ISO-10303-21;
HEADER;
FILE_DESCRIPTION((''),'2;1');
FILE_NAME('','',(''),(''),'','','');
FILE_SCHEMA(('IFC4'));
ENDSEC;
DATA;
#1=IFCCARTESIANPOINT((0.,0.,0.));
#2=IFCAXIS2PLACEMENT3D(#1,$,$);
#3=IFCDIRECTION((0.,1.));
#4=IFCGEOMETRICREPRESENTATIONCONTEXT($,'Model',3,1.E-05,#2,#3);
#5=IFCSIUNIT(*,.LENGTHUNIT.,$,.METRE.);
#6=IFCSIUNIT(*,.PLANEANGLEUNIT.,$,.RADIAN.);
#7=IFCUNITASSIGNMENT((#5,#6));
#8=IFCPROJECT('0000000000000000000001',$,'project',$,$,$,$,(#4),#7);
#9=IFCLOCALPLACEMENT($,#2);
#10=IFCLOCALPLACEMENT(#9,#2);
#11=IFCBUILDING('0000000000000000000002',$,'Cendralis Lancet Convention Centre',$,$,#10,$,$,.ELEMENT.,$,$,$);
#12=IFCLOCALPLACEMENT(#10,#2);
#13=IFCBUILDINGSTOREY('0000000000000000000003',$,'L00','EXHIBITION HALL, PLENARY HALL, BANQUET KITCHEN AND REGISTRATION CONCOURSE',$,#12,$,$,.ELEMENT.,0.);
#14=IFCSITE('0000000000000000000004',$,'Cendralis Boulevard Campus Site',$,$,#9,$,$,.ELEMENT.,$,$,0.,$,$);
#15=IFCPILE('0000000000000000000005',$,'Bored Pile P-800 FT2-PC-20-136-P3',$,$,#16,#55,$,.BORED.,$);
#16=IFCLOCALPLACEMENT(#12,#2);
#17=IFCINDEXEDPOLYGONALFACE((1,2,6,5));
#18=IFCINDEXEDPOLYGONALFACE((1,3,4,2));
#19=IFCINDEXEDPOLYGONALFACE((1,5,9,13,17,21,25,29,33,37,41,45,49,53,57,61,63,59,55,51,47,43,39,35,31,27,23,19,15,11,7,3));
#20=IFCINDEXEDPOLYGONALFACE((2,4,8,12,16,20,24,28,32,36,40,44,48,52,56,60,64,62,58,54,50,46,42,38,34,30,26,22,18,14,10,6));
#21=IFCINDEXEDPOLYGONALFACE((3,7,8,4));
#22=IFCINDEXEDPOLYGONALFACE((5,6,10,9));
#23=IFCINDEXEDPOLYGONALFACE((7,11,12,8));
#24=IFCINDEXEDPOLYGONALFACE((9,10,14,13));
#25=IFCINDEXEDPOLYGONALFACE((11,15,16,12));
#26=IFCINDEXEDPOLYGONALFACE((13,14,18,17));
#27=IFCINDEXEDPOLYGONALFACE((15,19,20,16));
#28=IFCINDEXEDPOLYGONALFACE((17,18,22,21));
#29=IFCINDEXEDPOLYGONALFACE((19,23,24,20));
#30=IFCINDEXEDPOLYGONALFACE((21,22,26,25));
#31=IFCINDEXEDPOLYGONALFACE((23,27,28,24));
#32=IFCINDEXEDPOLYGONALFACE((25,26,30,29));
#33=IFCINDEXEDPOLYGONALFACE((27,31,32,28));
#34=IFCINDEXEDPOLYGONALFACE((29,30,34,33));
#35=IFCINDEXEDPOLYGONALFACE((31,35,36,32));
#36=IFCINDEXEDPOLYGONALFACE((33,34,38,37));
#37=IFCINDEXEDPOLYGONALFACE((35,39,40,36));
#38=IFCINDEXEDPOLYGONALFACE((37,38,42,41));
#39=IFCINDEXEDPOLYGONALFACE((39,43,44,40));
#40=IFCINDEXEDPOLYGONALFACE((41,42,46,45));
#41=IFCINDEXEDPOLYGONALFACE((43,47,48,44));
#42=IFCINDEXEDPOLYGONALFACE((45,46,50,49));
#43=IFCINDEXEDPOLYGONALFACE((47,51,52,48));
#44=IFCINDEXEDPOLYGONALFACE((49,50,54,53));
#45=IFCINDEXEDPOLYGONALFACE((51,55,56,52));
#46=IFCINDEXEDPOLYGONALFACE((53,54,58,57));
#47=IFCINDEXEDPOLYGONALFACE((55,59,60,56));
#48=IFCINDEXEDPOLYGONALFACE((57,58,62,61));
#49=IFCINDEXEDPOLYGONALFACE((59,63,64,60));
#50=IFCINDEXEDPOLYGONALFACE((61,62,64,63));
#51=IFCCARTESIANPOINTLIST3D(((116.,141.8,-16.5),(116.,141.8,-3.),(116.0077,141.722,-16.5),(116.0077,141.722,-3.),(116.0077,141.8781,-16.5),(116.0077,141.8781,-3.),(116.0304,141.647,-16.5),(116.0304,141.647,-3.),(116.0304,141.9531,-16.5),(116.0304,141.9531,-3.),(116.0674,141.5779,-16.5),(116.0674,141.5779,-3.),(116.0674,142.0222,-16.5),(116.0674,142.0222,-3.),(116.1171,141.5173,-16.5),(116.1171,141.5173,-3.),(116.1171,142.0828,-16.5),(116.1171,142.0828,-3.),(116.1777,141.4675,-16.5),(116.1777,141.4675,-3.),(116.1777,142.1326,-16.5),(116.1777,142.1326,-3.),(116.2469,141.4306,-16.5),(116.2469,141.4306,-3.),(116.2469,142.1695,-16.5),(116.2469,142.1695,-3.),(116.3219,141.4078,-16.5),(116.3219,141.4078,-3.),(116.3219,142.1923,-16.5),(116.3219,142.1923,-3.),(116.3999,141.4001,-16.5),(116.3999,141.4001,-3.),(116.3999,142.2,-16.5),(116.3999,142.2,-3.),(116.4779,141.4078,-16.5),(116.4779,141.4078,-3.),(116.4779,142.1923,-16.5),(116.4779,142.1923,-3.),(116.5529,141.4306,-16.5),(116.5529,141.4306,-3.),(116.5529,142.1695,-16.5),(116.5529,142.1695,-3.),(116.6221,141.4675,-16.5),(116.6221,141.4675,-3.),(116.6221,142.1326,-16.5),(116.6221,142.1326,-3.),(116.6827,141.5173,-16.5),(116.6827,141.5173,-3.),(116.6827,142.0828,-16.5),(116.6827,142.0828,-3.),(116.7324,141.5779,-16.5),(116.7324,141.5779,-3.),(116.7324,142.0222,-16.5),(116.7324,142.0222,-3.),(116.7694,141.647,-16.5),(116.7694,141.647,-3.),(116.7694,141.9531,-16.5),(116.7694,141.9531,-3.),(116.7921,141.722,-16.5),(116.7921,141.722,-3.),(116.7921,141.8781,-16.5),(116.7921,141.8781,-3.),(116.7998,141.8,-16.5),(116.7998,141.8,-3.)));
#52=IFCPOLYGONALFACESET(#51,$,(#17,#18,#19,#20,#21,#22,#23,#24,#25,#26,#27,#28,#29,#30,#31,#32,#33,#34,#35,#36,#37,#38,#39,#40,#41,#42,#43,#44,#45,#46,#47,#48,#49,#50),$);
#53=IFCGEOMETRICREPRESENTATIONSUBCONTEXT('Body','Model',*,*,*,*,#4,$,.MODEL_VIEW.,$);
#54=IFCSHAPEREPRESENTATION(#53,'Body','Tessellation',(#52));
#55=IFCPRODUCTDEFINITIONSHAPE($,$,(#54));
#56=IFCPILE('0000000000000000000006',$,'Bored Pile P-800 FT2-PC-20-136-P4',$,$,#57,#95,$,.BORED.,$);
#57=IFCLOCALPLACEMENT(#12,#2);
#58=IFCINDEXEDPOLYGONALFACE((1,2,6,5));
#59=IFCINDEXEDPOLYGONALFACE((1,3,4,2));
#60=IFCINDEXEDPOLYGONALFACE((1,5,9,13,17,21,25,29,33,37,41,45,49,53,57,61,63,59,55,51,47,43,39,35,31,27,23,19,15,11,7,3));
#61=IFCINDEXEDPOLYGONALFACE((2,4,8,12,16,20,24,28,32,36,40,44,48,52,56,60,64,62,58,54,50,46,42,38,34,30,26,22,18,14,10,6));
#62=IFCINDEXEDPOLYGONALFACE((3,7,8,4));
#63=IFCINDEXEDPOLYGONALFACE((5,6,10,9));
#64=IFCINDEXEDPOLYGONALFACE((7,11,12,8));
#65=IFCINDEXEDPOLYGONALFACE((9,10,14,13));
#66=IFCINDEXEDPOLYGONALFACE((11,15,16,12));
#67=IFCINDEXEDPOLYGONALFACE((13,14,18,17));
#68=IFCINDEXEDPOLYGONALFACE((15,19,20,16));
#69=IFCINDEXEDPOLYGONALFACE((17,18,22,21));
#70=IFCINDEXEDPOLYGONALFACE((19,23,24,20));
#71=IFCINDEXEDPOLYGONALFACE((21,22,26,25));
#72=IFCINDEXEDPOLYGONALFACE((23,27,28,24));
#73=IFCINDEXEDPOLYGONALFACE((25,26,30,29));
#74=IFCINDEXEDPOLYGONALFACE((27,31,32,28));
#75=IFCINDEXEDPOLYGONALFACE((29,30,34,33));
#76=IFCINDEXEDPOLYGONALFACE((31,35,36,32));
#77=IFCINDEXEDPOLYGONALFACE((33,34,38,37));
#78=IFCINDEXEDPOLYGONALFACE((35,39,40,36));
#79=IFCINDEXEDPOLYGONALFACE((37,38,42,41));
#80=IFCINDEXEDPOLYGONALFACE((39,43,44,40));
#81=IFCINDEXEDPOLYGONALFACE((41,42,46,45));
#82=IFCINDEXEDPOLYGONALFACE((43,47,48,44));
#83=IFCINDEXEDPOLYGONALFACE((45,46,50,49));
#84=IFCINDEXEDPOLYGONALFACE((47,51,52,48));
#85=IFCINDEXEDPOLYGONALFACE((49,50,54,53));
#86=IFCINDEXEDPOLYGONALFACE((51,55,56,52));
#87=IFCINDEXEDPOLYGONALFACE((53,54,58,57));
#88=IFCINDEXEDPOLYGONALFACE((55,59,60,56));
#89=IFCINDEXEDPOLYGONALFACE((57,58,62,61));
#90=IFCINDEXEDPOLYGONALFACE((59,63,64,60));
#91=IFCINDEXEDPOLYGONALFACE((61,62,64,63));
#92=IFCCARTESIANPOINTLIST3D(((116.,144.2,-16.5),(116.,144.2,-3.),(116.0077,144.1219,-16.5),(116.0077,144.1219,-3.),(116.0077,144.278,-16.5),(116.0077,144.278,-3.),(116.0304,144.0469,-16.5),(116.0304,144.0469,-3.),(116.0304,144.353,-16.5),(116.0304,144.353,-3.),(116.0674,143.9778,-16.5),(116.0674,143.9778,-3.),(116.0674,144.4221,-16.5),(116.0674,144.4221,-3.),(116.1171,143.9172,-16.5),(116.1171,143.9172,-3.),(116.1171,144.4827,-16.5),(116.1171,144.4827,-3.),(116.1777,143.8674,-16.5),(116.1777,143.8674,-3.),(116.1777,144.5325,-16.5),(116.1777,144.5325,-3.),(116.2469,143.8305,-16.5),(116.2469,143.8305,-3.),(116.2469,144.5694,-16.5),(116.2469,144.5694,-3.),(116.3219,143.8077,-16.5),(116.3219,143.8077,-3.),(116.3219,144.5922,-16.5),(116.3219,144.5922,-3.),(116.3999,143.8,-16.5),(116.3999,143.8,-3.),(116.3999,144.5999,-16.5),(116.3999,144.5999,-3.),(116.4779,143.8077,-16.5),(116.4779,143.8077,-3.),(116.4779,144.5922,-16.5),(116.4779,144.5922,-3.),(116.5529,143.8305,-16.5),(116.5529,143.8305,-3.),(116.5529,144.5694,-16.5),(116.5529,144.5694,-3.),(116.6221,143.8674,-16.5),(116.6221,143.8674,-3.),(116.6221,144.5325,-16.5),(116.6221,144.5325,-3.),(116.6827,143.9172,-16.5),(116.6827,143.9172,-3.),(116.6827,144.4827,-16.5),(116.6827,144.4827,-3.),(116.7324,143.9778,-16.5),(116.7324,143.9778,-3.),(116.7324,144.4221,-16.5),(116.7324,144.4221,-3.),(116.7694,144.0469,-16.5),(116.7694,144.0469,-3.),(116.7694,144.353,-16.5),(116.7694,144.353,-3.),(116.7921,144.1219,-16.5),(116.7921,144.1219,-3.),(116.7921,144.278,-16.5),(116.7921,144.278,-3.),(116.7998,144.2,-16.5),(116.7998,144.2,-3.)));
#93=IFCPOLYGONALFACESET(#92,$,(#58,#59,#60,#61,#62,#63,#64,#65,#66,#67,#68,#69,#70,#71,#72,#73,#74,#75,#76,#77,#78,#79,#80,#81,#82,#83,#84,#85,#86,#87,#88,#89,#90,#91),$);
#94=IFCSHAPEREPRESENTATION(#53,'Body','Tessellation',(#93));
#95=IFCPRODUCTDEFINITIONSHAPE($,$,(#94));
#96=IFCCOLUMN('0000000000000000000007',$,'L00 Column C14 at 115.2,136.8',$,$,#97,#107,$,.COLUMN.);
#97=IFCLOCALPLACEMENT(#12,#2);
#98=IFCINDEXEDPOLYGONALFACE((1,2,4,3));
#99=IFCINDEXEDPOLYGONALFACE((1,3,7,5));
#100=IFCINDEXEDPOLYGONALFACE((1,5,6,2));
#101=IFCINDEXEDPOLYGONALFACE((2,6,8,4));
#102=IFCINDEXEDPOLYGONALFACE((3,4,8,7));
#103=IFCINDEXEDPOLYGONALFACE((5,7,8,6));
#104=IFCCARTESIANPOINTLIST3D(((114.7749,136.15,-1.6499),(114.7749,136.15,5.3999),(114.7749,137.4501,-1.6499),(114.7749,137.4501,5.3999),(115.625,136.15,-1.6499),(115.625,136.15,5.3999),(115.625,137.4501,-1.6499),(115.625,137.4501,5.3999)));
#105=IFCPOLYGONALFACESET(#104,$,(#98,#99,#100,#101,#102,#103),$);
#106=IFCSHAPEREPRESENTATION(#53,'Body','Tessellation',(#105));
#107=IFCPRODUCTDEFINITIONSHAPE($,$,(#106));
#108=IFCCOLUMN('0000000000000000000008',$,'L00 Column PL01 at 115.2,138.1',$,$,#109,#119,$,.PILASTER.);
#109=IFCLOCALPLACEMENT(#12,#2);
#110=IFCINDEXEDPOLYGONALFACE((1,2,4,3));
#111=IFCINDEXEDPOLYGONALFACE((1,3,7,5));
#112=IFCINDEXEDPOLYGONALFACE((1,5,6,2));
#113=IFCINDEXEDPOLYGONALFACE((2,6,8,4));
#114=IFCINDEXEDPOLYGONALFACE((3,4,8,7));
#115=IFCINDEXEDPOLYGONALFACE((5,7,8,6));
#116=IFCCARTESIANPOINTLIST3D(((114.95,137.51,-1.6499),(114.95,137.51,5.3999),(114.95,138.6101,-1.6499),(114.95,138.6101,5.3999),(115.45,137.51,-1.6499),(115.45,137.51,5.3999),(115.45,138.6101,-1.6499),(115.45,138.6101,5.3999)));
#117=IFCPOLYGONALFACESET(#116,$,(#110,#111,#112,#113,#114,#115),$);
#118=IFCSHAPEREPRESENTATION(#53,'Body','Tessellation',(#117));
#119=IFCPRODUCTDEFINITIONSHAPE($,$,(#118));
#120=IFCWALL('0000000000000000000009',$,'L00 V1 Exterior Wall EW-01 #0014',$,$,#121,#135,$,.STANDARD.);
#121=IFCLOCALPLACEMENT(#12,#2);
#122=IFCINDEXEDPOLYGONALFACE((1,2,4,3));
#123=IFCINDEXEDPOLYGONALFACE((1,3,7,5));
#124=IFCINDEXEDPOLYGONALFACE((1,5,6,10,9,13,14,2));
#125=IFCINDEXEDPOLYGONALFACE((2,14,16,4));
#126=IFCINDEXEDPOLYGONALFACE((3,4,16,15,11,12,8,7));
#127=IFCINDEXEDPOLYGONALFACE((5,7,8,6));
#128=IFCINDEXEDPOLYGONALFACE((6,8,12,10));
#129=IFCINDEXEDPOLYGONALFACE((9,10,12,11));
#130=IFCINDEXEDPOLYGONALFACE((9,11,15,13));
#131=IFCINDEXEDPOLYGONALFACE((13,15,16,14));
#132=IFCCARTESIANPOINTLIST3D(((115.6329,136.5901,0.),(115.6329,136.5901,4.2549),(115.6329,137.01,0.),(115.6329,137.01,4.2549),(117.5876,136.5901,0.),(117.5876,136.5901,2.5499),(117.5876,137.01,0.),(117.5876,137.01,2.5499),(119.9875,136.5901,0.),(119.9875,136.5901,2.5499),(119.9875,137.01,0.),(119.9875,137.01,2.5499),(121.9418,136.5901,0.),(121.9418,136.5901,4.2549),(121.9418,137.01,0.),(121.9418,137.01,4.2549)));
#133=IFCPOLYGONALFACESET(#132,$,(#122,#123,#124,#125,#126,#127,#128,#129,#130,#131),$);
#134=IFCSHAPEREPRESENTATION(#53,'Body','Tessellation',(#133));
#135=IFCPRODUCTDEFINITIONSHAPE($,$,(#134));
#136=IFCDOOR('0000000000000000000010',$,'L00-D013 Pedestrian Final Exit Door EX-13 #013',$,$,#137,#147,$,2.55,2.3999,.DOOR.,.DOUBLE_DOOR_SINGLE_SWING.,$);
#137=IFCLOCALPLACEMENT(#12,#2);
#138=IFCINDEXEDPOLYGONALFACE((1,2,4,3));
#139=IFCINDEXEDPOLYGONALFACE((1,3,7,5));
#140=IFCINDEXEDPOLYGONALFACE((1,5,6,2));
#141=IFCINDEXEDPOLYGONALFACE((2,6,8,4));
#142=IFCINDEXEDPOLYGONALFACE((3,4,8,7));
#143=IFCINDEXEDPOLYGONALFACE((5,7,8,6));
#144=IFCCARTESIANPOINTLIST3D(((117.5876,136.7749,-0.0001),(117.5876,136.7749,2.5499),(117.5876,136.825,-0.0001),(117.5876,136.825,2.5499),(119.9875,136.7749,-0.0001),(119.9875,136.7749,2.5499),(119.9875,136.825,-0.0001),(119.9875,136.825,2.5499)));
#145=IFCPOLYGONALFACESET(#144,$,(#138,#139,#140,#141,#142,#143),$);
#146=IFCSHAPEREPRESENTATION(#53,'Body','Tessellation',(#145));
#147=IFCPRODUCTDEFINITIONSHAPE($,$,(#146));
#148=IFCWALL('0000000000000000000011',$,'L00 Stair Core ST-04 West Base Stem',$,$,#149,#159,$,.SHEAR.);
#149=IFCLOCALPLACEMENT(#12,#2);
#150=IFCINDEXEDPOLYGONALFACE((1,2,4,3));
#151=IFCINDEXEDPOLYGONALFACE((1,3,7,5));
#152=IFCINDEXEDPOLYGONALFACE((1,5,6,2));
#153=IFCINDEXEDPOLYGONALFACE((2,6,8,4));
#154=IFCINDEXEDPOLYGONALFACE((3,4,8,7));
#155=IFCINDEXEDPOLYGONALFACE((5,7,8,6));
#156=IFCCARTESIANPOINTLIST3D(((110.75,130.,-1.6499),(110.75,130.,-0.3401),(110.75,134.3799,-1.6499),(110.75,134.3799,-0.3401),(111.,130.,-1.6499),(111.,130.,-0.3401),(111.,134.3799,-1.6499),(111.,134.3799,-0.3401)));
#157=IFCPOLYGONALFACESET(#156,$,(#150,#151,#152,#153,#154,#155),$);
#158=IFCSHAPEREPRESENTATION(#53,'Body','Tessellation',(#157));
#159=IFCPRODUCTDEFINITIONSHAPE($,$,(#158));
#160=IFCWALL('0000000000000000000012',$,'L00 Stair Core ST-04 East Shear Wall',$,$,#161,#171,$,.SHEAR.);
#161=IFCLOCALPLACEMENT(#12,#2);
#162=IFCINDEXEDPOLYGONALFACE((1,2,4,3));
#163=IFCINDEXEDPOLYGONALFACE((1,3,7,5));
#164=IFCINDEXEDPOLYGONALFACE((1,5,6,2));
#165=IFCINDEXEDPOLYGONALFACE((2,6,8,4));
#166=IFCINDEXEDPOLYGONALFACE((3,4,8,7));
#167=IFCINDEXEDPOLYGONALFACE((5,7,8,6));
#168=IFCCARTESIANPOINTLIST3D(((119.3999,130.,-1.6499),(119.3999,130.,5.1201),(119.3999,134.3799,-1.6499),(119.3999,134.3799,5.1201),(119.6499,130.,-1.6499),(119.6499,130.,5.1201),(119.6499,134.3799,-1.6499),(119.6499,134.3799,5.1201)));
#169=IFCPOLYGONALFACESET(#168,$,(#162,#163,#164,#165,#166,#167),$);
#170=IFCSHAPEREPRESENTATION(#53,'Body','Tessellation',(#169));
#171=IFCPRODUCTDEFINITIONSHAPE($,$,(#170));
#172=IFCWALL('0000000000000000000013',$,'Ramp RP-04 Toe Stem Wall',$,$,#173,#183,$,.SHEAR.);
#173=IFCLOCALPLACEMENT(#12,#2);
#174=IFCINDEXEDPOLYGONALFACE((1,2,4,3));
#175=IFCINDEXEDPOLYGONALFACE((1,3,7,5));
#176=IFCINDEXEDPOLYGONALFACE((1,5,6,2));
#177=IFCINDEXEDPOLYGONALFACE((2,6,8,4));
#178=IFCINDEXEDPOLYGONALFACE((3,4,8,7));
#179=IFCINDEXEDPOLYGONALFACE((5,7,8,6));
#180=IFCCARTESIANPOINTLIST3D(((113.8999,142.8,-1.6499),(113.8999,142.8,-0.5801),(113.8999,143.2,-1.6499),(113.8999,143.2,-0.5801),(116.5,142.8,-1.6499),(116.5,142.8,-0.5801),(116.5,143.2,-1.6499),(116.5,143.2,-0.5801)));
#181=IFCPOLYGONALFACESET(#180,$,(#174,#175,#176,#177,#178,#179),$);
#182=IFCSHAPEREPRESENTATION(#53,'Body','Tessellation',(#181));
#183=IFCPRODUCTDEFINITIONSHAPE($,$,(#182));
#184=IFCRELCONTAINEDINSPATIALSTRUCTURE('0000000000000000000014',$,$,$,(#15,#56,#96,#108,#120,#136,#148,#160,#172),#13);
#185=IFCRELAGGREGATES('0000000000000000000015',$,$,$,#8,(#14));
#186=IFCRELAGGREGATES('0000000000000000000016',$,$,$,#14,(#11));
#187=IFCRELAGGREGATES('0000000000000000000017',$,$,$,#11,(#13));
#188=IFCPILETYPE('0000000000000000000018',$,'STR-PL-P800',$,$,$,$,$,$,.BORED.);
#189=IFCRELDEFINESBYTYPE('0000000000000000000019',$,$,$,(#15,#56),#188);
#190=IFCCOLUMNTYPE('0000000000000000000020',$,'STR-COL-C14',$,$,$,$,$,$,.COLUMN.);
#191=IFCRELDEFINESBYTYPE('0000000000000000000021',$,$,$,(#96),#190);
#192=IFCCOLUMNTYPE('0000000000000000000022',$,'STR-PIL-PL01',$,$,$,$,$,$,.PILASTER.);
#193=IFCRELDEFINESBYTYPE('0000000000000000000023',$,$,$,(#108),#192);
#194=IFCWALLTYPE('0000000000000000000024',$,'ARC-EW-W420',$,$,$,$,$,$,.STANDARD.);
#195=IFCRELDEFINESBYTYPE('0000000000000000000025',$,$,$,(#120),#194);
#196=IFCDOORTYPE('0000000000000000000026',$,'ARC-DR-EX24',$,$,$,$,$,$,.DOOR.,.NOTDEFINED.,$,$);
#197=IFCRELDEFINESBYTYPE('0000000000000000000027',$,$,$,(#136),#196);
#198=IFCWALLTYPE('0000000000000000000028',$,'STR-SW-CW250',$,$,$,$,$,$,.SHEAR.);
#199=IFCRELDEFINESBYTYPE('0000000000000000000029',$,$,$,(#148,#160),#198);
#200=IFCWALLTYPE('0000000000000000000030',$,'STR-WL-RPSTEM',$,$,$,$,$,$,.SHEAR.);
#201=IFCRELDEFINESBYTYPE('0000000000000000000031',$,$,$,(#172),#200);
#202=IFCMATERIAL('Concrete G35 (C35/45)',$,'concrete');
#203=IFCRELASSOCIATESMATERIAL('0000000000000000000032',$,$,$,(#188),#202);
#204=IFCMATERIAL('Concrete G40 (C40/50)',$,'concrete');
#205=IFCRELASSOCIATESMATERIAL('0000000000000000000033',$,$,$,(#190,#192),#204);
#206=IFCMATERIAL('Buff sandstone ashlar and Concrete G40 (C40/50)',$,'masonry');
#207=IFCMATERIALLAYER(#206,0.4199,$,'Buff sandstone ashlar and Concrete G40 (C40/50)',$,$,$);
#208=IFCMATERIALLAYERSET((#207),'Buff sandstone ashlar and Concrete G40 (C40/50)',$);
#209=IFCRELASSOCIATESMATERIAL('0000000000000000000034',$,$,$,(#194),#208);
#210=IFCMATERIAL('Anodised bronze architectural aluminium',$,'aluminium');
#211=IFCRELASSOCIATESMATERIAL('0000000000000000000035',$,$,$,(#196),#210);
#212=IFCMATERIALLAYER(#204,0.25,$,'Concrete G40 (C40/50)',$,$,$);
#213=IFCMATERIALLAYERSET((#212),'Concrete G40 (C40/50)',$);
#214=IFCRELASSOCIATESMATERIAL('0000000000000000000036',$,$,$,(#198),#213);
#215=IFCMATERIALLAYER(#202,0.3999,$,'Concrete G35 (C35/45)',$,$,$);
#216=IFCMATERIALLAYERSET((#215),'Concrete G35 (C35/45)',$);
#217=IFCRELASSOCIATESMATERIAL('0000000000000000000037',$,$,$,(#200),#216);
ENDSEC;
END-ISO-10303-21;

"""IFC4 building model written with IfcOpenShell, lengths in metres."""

from ifc_helpers import new_model, si_unit, direction, frame, frame_2d, origin, origin_2d, place, context, subcontext, project, spatial, rectangle, circle, extrude, material, layer, layer_set, material_profile, profile_set, type_object, element, fill, save


model = new_model("IFC4")

# Units and contexts
model_context = context("Model", 3, precision=1e-05, world=origin(), true_north=direction((0.0, 1.0)))
body_context = subcontext(model_context, "Body", "Model", "MODEL_VIEW")
ifc_project = project(units=[si_unit("LENGTHUNIT", "METRE"), si_unit("PLANEANGLEUNIT", "RADIAN")], contexts=[model_context])

# Site, building, storey
site_placement = place(None, origin())
site = spatial("IfcSite", under=ifc_project, at=site_placement, Name="Cendralis Boulevard Campus Site", CompositionType="ELEMENT", RefElevation=0.0)
building_placement = place(site_placement, origin())
building = spatial("IfcBuilding", under=site, at=building_placement, Name="Cendralis Lancet Convention Centre", CompositionType="ELEMENT")
storey_placement = place(building_placement, origin())
storey = spatial("IfcBuildingStorey", under=building, at=storey_placement, Name="L00", Description="EXHIBITION HALL, PLENARY HALL, BANQUET KITCHEN AND REGISTRATION CONCOURSE", CompositionType="ELEMENT", Elevation=0.0)

# Shared definitions
ifc_material_1 = material(Name="Concrete G35 (C35/45)", Category="concrete")

# Piles
ifc_material_profile_1 = material_profile(ifc_material_1, circle(Radius=0.3999, at=origin_2d()), Name="BORED PILE D800")
ifc_profile_set_1 = profile_set([ifc_material_profile_1], Name="Concrete G35 (C35/45)")
pile_type_1 = type_object("IfcPileType", Name="STR-PL-P800", PredefinedType="BORED", material=ifc_profile_set_1)
for number, where, z_axis, x_axis, name in (
    (1, (116.3999, 141.8, -3.0), (0.0, 0.0, -1.0), (1.0, 0.0, 0.0), "Bored Pile P-800 FT2-PC-20-136-P3"),
    (2, (116.3999, 144.2, -3.0), (0.0, 0.0, -1.0), (1.0, 0.0, 0.0), "Bored Pile P-800 FT2-PC-20-136-P4"),
):
    element("IfcPile", number, at=place(storey_placement, frame(where, z_axis=z_axis, x_axis=x_axis)), inside=storey, type_object=pile_type_1, Name=name, PredefinedType="BORED", context=body_context, shape_type="SweptSolid", body=[
        extrude(circle(Radius=0.3999, at=origin_2d()), origin(), (0.0, 0.0, 1.0), 13.5),
    ])

# Columns
ifc_material_2 = material(Name="Concrete G40 (C40/50)", Category="concrete")
ifc_material_profile_2 = material_profile(ifc_material_2, rectangle(XDim=0.8501, YDim=1.3, at=origin_2d()), Name="RC 850x1300")
ifc_profile_set_2 = profile_set([ifc_material_profile_2], Name="Concrete G40 (C40/50)")
column_type_1 = type_object("IfcColumnType", Name="STR-COL-C14", PredefinedType="COLUMN", material=ifc_profile_set_2)
column_1_placement = place(storey_placement, frame((115.2, 136.8, -1.6499), z_axis=(0.0, 0.0, 1.0), x_axis=(1.0, 0.0, 0.0)))
element("IfcColumn", 3, at=column_1_placement, inside=storey, type_object=column_type_1, Name="L00 Column C14 at 115.2,136.8", PredefinedType="COLUMN", context=body_context, shape_type="SweptSolid", body=[
    extrude(rectangle(XDim=0.8501, YDim=1.3, at=origin_2d()), origin(), (0.0, 0.0, 1.0), 7.0498),
])
ifc_material_profile_3 = material_profile(ifc_material_2, rectangle(XDim=0.5, YDim=1.1001, at=origin_2d()), Name="RC 500x1100")
ifc_profile_set_3 = profile_set([ifc_material_profile_3], Name="Concrete G40 (C40/50)")
column_type_2 = type_object("IfcColumnType", Name="STR-PIL-PL01", PredefinedType="PILASTER", material=ifc_profile_set_3)
column_2_placement = place(storey_placement, frame((115.2, 138.0601, -1.6499), z_axis=(0.0, 0.0, 1.0), x_axis=(1.0, 0.0, 0.0)))
element("IfcColumn", 4, at=column_2_placement, inside=storey, type_object=column_type_2, Name="L00 Column PL01 at 115.2,138.1", PredefinedType="PILASTER", context=body_context, shape_type="SweptSolid", body=[
    extrude(rectangle(XDim=0.5, YDim=1.1001, at=origin_2d()), origin(), (0.0, 0.0, 1.0), 7.0498),
])

# Wall, opening, door
ifc_material_3 = material(Name="Buff sandstone ashlar and Concrete G40 (C40/50)", Category="masonry")
ifc_layer_1 = layer(ifc_material_3, 0.4199, Name="Buff sandstone ashlar and Concrete G40 (C40/50)")
ifc_layer_set_1 = layer_set([ifc_layer_1], Name="Buff sandstone ashlar and Concrete G40 (C40/50)")
wall_type_1 = type_object("IfcWallType", Name="ARC-EW-W420", PredefinedType="STANDARD", material=ifc_layer_set_1)
wall_1_placement = place(storey_placement, frame((115.6331, 136.8, 0.0), z_axis=(0.0, 0.0, 1.0), x_axis=(1.0, 0.0, 0.0)))
wall_1 = element("IfcWall", 5, at=wall_1_placement, inside=storey, type_object=wall_type_1, Name="L00 V1 Exterior Wall EW-01 #0014", PredefinedType="STANDARD", context=body_context, shape_type="SweptSolid", body=[
    extrude(rectangle(XDim=6.3088, YDim=0.4199, at=frame_2d((3.1543, 0.0))), origin(), (0.0, 0.0, 1.0), 4.2549),
])
opening_1_placement = place(wall_1_placement, frame((1.9546, 0.0, 0.0)))
opening_1 = element("IfcOpeningElement", 6, at=opening_1_placement, cuts=wall_1, PredefinedType="OPENING", context=body_context, shape_type="SweptSolid", body=[
    extrude(rectangle(XDim=2.3999, YDim=2.55, at=frame_2d((1.2, 1.2749))), frame((0.0, 0.22, 0.0), z_axis=(0.0, -1.0, 0.0), x_axis=(1.0, 0.0, 0.0)), (0.0, 0.0, 1.0), 0.4399),
])
ifc_material_4 = material(Name="Anodised bronze architectural aluminium", Category="aluminium")
door_type_1 = type_object("IfcDoorType", Name="ARC-DR-EX24", OperationType="NOTDEFINED", PredefinedType="DOOR", material=ifc_material_4)
door_1_placement = place(opening_1_placement, origin())
door_1 = element("IfcDoor", 7, at=door_1_placement, inside=storey, type_object=door_type_1, Name="L00-D013 Pedestrian Final Exit Door EX-13 #013", OperationType="DOUBLE_DOOR_SINGLE_SWING", OverallHeight=2.55, OverallWidth=2.3999, PredefinedType="DOOR", context=body_context, shape_type="SweptSolid", body=[
    extrude(rectangle(XDim=2.3999, YDim=2.55, at=frame_2d((1.2, 1.2749))), frame((0.0, 0.0249, 0.0), z_axis=(0.0, -1.0, 0.0), x_axis=(1.0, 0.0, 0.0)), (0.0, 0.0, 1.0), 0.05),
])
fill(opening_1, door_1)

# Wall
ifc_layer_2 = layer(ifc_material_2, 0.25, Name="Concrete G40 (C40/50)")
ifc_layer_set_2 = layer_set([ifc_layer_2], Name="Concrete G40 (C40/50)")
wall_type_2 = type_object("IfcWallType", Name="STR-SW-CW250", PredefinedType="SHEAR", material=ifc_layer_set_2)
wall_2_placement = place(storey_placement, frame((110.875, 130.0, -1.6499), z_axis=(0.0, 0.0, 1.0), x_axis=(0.0, 1.0, 0.0)))
element("IfcWall", 8, at=wall_2_placement, inside=storey, type_object=wall_type_2, Name="L00 Stair Core ST-04 West Base Stem", PredefinedType="SHEAR", context=body_context, shape_type="SweptSolid", body=[
    extrude(rectangle(XDim=4.3799, YDim=0.25, at=frame_2d((2.1899, 0.0))), origin(), (0.0, 0.0, 1.0), 1.3098),
])

# Walls
wall_3_placement = place(storey_placement, frame((119.5249, 130.0, -1.6499), z_axis=(0.0, 0.0, 1.0), x_axis=(0.0, 1.0, 0.0)))
element("IfcWall", 9, at=wall_3_placement, inside=storey, type_object=wall_type_2, Name="L00 Stair Core ST-04 East Shear Wall", PredefinedType="SHEAR", context=body_context, shape_type="SweptSolid", body=[
    extrude(rectangle(XDim=4.3799, YDim=0.25, at=frame_2d((2.1899, 0.0))), origin(), (0.0, 0.0, 1.0), 6.77),
])
ifc_layer_3 = layer(ifc_material_1, 0.3999, Name="Concrete G35 (C35/45)")
ifc_layer_set_3 = layer_set([ifc_layer_3], Name="Concrete G35 (C35/45)")
wall_type_3 = type_object("IfcWallType", Name="STR-WL-RPSTEM", PredefinedType="SHEAR", material=ifc_layer_set_3)
wall_4_placement = place(storey_placement, frame((113.8999, 143.0, -1.6499), z_axis=(0.0, 0.0, 1.0), x_axis=(1.0, 0.0, 0.0)))
element("IfcWall", 10, at=wall_4_placement, inside=storey, type_object=wall_type_3, Name="Ramp RP-04 Toe Stem Wall", PredefinedType="SHEAR", context=body_context, shape_type="SweptSolid", body=[
    extrude(rectangle(XDim=2.6001, YDim=0.3999, at=frame_2d((1.3, 0.0))), origin(), (0.0, 0.0, 1.0), 1.0698),
])

save(model, "model.ifc")
